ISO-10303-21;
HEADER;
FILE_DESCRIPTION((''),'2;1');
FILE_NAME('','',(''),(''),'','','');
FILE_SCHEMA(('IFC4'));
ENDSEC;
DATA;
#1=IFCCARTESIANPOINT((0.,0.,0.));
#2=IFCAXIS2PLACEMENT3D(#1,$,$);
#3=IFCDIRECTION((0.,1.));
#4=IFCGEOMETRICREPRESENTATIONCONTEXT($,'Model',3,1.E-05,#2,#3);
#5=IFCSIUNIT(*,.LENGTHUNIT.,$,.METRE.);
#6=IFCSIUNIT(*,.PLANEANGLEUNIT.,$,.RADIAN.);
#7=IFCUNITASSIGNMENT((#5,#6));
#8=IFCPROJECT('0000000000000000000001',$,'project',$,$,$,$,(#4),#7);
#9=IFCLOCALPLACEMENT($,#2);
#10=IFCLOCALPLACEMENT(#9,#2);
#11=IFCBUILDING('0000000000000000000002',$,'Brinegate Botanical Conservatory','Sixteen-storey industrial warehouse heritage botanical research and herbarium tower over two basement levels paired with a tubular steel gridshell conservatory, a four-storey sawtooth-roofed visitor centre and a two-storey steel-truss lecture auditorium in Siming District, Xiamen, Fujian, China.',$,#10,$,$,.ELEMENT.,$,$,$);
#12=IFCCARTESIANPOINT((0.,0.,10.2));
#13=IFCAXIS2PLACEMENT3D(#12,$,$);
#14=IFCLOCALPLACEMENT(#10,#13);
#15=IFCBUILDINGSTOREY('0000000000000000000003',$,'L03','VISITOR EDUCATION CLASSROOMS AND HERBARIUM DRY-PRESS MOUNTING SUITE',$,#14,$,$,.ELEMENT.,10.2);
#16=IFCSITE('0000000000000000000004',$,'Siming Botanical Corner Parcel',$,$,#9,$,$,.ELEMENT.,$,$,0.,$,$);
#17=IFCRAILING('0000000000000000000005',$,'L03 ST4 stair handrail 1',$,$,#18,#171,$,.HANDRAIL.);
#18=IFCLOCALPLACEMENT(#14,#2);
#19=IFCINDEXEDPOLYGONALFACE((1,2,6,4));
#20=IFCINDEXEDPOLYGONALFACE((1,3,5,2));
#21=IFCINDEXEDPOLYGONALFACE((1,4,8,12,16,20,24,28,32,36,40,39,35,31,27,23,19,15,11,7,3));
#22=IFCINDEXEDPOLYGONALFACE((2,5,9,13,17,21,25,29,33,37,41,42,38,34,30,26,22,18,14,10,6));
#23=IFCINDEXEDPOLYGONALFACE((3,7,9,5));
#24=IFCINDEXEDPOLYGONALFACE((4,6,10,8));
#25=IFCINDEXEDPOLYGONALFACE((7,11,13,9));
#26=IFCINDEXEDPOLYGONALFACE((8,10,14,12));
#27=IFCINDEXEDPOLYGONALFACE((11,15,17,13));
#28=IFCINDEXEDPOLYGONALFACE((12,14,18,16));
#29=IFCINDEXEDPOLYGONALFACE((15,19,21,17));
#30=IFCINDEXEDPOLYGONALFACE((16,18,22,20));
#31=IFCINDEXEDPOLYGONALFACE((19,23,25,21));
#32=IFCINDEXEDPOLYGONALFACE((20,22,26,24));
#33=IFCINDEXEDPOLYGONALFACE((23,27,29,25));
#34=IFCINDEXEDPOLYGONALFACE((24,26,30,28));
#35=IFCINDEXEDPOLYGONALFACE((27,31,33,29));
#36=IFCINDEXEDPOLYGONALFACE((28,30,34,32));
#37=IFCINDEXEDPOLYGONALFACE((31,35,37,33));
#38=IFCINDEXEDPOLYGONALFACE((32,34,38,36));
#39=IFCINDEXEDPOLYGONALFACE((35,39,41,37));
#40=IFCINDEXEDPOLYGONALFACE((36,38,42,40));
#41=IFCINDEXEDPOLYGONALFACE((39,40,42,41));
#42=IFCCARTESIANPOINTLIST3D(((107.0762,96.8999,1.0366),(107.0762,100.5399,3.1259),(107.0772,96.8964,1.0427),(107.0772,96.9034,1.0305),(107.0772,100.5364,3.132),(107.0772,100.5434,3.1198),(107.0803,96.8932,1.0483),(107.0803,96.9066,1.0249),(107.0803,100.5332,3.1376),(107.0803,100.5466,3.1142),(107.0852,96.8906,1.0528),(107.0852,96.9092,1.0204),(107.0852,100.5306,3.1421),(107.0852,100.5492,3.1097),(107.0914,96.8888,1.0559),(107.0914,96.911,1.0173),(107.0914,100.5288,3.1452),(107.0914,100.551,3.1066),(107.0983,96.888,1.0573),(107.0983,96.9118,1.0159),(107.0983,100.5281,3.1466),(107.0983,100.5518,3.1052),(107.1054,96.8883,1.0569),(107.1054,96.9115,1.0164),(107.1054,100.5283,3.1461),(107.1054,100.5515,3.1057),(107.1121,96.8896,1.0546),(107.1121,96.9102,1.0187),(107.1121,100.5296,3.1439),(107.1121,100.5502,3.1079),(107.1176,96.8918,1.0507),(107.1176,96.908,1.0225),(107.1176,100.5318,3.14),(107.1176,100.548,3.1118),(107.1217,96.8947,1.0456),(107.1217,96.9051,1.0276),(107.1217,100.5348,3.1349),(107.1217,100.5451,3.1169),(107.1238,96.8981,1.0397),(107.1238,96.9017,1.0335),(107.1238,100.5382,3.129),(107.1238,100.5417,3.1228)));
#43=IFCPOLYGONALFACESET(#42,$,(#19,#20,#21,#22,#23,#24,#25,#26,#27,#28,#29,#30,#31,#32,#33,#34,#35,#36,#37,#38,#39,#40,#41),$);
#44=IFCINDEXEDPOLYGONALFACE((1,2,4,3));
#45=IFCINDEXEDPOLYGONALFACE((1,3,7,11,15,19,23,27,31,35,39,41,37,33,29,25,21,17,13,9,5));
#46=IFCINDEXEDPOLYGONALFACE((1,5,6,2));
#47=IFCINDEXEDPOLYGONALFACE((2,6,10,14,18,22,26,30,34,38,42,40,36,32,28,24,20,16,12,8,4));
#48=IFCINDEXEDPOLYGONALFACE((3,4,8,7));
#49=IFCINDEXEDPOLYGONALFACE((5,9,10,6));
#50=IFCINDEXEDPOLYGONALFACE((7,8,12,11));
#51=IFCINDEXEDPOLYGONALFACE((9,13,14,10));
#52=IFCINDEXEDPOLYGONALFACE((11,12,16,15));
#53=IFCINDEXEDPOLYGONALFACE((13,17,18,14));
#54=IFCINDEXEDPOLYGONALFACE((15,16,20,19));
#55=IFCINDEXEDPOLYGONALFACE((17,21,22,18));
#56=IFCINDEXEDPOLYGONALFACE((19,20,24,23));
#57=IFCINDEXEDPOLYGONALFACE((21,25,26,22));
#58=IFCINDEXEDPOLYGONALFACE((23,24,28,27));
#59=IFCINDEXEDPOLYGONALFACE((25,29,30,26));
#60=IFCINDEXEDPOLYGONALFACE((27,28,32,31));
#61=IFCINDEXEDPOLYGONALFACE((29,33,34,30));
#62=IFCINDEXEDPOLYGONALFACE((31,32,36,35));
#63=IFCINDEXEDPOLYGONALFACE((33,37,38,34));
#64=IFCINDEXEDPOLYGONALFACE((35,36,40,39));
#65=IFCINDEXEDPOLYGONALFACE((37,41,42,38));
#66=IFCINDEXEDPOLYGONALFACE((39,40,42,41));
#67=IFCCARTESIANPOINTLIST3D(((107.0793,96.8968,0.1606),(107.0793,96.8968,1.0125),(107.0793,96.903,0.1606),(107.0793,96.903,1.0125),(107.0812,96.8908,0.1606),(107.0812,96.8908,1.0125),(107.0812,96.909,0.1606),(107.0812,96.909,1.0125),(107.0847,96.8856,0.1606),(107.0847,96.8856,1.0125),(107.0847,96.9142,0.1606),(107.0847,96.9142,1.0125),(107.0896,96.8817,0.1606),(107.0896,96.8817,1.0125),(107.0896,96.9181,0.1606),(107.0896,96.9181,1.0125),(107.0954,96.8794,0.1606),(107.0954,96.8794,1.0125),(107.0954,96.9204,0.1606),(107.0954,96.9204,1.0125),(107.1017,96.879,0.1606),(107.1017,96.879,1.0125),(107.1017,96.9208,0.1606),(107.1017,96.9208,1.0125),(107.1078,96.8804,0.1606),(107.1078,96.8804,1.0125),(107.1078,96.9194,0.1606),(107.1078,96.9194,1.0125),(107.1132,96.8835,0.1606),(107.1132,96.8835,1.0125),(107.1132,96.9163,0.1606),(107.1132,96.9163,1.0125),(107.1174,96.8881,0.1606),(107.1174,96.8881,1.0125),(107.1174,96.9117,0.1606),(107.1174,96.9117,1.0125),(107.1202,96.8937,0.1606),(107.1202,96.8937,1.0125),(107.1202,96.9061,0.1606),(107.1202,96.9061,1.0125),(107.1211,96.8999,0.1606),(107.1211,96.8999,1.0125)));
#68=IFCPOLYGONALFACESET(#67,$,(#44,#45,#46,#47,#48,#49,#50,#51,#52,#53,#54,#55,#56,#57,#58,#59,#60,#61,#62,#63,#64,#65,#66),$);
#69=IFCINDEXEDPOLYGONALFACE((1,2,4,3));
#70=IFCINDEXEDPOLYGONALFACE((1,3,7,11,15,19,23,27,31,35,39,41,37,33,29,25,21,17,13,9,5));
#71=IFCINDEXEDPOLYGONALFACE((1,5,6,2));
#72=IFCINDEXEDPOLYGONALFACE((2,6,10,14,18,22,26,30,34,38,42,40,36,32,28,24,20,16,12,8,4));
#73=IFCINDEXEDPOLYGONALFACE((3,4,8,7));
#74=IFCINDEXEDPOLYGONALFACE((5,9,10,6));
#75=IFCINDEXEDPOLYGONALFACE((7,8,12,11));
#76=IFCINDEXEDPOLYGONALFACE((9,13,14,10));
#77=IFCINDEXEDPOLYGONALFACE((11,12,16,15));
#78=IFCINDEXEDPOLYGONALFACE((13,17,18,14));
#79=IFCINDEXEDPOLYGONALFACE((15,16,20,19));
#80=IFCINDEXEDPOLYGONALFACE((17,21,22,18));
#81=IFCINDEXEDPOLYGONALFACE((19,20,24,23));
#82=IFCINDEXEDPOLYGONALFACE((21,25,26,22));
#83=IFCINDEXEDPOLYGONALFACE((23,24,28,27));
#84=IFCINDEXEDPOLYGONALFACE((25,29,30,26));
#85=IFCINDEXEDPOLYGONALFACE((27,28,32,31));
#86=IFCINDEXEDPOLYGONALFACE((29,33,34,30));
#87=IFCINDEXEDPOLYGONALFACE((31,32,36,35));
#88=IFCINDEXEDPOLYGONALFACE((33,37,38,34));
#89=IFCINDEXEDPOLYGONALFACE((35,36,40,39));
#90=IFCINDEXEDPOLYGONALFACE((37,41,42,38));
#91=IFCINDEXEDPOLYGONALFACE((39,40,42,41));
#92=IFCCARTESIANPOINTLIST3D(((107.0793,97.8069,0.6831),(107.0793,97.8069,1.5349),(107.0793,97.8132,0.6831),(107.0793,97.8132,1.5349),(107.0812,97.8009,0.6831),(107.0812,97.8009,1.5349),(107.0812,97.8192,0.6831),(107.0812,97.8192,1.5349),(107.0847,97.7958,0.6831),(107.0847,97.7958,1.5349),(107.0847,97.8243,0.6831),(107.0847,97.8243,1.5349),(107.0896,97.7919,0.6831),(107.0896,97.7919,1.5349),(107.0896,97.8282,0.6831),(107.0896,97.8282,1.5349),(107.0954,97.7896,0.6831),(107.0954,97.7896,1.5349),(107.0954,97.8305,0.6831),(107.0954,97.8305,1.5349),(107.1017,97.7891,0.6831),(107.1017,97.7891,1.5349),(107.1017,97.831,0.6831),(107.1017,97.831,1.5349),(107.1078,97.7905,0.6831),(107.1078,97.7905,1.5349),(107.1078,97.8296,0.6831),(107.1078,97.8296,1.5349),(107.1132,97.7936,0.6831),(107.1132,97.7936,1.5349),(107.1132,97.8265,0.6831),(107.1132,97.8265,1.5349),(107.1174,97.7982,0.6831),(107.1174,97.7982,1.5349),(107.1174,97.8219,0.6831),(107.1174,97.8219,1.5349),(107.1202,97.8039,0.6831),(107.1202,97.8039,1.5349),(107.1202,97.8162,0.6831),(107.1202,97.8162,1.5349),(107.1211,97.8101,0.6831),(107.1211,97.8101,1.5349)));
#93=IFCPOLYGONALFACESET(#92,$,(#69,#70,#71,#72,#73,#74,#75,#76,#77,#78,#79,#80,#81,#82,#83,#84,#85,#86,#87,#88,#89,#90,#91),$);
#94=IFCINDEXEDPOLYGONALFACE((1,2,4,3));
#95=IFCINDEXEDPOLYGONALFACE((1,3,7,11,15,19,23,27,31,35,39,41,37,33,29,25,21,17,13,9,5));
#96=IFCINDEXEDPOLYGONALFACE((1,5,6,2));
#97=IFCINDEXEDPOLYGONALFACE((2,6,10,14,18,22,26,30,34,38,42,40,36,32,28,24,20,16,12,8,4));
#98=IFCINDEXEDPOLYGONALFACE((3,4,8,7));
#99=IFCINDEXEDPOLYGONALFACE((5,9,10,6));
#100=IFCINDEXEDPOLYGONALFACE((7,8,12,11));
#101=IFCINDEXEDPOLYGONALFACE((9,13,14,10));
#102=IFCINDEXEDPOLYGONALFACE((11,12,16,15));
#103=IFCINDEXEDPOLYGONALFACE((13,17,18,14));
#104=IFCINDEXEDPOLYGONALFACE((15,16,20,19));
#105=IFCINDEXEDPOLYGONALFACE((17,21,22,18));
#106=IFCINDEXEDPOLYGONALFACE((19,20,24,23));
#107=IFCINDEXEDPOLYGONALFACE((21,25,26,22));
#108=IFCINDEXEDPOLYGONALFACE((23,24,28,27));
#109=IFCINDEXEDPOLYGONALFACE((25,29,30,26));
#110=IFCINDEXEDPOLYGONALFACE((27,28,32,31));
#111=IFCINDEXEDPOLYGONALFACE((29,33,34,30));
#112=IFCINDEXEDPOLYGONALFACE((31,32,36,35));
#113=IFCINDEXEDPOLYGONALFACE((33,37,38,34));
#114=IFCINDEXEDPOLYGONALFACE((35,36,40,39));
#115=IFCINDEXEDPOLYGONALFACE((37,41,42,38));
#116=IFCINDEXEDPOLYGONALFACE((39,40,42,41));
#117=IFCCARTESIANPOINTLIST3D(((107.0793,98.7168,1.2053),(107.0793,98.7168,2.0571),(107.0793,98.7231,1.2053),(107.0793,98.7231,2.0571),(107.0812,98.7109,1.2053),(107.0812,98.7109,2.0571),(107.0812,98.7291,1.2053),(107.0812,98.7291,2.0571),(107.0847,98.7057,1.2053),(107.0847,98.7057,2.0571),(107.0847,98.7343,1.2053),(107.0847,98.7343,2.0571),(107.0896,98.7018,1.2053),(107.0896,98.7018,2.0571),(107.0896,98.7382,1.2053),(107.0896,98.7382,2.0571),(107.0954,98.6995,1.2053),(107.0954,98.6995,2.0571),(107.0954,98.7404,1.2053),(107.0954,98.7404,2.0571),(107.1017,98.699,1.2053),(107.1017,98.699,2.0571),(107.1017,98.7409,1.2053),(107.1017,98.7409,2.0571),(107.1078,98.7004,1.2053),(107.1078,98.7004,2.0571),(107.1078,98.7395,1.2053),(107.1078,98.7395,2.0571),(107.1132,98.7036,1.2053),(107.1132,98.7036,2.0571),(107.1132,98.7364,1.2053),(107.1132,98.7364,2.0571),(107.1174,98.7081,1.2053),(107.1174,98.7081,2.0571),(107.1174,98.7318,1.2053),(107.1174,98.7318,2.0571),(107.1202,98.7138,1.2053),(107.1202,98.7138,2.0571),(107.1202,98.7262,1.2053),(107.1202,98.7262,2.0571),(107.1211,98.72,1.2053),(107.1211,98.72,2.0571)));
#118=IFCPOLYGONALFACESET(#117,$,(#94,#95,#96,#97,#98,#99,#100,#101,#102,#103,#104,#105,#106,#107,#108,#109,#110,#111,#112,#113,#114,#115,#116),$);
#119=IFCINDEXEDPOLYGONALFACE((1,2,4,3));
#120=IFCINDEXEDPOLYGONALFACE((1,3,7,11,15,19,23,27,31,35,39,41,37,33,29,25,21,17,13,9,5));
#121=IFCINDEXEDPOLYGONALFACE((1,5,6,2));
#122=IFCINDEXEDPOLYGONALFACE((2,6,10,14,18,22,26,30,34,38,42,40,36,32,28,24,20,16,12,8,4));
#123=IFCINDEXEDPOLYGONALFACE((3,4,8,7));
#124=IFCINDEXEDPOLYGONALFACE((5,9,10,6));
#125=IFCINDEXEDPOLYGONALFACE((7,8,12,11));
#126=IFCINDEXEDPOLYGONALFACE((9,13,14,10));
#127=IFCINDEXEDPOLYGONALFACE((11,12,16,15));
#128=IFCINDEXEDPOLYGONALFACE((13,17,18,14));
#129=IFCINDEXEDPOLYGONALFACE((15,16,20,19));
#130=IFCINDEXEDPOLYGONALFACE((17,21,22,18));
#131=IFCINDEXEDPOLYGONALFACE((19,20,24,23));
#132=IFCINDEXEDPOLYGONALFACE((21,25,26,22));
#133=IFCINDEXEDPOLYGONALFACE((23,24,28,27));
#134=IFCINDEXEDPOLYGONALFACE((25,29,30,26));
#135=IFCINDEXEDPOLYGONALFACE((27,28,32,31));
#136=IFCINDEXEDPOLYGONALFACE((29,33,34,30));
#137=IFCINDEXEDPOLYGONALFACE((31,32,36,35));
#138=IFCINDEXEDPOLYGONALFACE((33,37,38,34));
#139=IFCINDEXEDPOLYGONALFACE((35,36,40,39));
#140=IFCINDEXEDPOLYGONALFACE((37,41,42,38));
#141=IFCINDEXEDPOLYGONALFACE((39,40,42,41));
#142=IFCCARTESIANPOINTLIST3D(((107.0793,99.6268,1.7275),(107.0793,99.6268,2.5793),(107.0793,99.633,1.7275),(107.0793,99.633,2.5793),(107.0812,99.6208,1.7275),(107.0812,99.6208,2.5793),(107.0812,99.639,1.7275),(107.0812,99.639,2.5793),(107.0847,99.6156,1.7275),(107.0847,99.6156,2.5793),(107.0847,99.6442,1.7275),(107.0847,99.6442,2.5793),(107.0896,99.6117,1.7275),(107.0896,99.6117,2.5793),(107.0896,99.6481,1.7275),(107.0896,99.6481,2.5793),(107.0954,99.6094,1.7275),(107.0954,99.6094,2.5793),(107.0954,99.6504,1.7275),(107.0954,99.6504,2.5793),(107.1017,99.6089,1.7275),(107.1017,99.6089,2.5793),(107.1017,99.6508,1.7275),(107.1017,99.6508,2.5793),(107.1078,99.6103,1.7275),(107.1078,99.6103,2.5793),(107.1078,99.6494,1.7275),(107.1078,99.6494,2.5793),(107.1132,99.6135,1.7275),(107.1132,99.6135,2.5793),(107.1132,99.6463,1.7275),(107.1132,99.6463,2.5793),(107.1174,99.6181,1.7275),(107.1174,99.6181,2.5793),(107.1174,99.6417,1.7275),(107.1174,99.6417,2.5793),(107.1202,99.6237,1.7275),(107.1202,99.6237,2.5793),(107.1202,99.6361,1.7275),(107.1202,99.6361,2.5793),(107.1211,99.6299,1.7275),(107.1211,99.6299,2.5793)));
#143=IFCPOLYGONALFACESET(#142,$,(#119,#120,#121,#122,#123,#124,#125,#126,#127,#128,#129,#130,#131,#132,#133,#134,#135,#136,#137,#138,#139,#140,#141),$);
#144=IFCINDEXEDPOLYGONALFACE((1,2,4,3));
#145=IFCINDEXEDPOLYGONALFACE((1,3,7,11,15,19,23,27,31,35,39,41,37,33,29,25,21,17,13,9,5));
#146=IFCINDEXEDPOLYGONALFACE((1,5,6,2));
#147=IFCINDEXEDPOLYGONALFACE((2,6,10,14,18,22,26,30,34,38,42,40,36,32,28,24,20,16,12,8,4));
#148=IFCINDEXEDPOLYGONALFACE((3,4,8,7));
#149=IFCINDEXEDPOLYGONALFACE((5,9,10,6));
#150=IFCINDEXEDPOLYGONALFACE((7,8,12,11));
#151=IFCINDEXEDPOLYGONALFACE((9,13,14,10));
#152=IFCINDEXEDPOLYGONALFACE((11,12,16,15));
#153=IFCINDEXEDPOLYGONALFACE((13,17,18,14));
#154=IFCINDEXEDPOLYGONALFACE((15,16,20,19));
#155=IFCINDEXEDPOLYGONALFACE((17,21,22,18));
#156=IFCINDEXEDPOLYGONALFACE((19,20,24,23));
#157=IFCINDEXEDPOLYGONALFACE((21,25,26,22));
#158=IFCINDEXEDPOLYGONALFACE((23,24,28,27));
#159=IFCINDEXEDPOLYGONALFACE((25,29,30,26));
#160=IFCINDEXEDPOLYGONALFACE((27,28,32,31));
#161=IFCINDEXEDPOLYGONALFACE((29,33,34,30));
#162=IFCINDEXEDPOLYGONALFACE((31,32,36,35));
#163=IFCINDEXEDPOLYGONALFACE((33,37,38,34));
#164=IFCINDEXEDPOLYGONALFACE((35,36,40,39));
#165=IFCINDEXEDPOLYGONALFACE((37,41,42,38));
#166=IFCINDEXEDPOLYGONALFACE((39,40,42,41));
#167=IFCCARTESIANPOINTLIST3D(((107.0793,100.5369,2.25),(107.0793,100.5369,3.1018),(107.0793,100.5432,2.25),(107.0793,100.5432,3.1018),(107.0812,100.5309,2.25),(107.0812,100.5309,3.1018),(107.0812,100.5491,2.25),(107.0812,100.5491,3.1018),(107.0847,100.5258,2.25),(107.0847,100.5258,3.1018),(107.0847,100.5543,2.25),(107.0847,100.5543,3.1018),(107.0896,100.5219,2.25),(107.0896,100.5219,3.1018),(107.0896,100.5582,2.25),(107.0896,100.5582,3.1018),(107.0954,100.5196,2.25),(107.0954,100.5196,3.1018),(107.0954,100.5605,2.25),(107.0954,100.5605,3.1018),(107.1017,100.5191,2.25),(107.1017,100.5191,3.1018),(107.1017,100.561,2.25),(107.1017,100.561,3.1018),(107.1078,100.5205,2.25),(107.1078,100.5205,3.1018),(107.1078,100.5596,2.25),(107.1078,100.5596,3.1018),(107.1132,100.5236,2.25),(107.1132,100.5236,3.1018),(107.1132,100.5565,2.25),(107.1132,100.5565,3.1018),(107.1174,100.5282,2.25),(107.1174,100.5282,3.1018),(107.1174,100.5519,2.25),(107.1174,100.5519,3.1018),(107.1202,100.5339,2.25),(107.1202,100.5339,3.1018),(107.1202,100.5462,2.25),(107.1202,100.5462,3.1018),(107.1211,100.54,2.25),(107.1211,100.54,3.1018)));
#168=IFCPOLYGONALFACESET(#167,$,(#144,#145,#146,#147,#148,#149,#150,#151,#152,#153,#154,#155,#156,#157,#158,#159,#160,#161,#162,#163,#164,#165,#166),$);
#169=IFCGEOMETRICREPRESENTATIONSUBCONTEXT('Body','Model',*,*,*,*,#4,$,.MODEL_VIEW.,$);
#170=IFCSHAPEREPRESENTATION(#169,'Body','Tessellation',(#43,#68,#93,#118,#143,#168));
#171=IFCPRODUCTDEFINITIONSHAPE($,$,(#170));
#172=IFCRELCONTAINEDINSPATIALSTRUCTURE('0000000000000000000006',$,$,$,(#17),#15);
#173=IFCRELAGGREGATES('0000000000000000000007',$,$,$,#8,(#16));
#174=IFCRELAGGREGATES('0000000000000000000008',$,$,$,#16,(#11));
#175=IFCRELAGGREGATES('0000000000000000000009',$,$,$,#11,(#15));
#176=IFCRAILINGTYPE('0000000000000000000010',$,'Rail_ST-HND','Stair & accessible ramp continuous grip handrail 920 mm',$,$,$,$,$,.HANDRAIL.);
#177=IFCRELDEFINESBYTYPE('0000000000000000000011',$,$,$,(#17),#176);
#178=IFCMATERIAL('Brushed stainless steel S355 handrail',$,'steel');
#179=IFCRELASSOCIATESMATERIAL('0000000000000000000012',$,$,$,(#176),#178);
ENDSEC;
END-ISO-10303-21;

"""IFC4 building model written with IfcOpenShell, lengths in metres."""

from ifc_helpers import new_model, si_unit, direction, frame, origin, origin_2d, place, context, subcontext, project, spatial, circle, extrude, material, type_object, element, save


model = new_model("IFC4")

# Units and contexts
model_context = context("Model", 3, precision=1e-05, world=origin(), true_north=direction((0.0, 1.0)))
body_context = subcontext(model_context, "Body", "Model", "MODEL_VIEW")
ifc_project = project(units=[si_unit("LENGTHUNIT", "METRE"), si_unit("PLANEANGLEUNIT", "RADIAN")], contexts=[model_context])

# Site, building, storey
site_placement = place(None, origin())
site = spatial("IfcSite", under=ifc_project, at=site_placement, Name="Siming Botanical Corner Parcel", CompositionType="ELEMENT", RefElevation=0.0)
building_placement = place(site_placement, origin())
building = spatial("IfcBuilding", under=site, at=building_placement, Name="Brinegate Botanical Conservatory", Description="Sixteen-storey industrial warehouse heritage botanical research and herbarium tower over two basement levels paired with a tubular steel gridshell conservatory, a four-storey sawtooth-roofed visitor centre and a two-storey steel-truss lecture auditorium in Siming District, Xiamen, Fujian, China.", CompositionType="ELEMENT")
storey_placement = place(building_placement, frame((0.0, 0.0, 10.2)))
storey = spatial("IfcBuildingStorey", under=building, at=storey_placement, Name="L03", Description="VISITOR EDUCATION CLASSROOMS AND HERBARIUM DRY-PRESS MOUNTING SUITE", CompositionType="ELEMENT", Elevation=10.2)

# Railing
ifc_material_1 = material(Name="Brushed stainless steel S355 handrail", Category="steel")
railing_type_1 = type_object("IfcRailingType", Name="Rail_ST-HND", Description="Stair & accessible ramp continuous grip handrail 920 mm", PredefinedType="HANDRAIL", material=ifc_material_1)
railing_1_placement = place(storey_placement, frame((107.1001, 96.8999, 0.1606)))
element("IfcRailing", 1, at=railing_1_placement, inside=storey, type_object=railing_type_1, Name="L03 ST4 stair handrail 1", PredefinedType="HANDRAIL", context=body_context, shape_type="SweptSolid", body=[
    extrude(circle(Radius=0.0239, at=origin_2d()), frame((0.0, 0.0, 0.876), z_axis=(0.0, 0.867289, 0.497804), x_axis=(-1.0, 0.0, 0.0)), (0.0, 0.0, 1.0), 4.197),
    extrude(circle(Radius=0.021, at=origin_2d()), origin(), (0.0, 0.0, 1.0), 0.8518),
    extrude(circle(Radius=0.021, at=origin_2d()), frame((0.0, 0.9102, 0.5225)), (0.0, 0.0, 1.0), 0.8518),
    extrude(circle(Radius=0.021, at=origin_2d()), frame((0.0, 1.8201, 1.0447)), (0.0, 0.0, 1.0), 0.8518),
    extrude(circle(Radius=0.021, at=origin_2d()), frame((0.0, 2.73, 1.5669)), (0.0, 0.0, 1.0), 0.8518),
    extrude(circle(Radius=0.021, at=origin_2d()), frame((0.0, 3.6401, 2.0894)), (0.0, 0.0, 1.0), 0.8518),
])

save(model, "model.ifc")
